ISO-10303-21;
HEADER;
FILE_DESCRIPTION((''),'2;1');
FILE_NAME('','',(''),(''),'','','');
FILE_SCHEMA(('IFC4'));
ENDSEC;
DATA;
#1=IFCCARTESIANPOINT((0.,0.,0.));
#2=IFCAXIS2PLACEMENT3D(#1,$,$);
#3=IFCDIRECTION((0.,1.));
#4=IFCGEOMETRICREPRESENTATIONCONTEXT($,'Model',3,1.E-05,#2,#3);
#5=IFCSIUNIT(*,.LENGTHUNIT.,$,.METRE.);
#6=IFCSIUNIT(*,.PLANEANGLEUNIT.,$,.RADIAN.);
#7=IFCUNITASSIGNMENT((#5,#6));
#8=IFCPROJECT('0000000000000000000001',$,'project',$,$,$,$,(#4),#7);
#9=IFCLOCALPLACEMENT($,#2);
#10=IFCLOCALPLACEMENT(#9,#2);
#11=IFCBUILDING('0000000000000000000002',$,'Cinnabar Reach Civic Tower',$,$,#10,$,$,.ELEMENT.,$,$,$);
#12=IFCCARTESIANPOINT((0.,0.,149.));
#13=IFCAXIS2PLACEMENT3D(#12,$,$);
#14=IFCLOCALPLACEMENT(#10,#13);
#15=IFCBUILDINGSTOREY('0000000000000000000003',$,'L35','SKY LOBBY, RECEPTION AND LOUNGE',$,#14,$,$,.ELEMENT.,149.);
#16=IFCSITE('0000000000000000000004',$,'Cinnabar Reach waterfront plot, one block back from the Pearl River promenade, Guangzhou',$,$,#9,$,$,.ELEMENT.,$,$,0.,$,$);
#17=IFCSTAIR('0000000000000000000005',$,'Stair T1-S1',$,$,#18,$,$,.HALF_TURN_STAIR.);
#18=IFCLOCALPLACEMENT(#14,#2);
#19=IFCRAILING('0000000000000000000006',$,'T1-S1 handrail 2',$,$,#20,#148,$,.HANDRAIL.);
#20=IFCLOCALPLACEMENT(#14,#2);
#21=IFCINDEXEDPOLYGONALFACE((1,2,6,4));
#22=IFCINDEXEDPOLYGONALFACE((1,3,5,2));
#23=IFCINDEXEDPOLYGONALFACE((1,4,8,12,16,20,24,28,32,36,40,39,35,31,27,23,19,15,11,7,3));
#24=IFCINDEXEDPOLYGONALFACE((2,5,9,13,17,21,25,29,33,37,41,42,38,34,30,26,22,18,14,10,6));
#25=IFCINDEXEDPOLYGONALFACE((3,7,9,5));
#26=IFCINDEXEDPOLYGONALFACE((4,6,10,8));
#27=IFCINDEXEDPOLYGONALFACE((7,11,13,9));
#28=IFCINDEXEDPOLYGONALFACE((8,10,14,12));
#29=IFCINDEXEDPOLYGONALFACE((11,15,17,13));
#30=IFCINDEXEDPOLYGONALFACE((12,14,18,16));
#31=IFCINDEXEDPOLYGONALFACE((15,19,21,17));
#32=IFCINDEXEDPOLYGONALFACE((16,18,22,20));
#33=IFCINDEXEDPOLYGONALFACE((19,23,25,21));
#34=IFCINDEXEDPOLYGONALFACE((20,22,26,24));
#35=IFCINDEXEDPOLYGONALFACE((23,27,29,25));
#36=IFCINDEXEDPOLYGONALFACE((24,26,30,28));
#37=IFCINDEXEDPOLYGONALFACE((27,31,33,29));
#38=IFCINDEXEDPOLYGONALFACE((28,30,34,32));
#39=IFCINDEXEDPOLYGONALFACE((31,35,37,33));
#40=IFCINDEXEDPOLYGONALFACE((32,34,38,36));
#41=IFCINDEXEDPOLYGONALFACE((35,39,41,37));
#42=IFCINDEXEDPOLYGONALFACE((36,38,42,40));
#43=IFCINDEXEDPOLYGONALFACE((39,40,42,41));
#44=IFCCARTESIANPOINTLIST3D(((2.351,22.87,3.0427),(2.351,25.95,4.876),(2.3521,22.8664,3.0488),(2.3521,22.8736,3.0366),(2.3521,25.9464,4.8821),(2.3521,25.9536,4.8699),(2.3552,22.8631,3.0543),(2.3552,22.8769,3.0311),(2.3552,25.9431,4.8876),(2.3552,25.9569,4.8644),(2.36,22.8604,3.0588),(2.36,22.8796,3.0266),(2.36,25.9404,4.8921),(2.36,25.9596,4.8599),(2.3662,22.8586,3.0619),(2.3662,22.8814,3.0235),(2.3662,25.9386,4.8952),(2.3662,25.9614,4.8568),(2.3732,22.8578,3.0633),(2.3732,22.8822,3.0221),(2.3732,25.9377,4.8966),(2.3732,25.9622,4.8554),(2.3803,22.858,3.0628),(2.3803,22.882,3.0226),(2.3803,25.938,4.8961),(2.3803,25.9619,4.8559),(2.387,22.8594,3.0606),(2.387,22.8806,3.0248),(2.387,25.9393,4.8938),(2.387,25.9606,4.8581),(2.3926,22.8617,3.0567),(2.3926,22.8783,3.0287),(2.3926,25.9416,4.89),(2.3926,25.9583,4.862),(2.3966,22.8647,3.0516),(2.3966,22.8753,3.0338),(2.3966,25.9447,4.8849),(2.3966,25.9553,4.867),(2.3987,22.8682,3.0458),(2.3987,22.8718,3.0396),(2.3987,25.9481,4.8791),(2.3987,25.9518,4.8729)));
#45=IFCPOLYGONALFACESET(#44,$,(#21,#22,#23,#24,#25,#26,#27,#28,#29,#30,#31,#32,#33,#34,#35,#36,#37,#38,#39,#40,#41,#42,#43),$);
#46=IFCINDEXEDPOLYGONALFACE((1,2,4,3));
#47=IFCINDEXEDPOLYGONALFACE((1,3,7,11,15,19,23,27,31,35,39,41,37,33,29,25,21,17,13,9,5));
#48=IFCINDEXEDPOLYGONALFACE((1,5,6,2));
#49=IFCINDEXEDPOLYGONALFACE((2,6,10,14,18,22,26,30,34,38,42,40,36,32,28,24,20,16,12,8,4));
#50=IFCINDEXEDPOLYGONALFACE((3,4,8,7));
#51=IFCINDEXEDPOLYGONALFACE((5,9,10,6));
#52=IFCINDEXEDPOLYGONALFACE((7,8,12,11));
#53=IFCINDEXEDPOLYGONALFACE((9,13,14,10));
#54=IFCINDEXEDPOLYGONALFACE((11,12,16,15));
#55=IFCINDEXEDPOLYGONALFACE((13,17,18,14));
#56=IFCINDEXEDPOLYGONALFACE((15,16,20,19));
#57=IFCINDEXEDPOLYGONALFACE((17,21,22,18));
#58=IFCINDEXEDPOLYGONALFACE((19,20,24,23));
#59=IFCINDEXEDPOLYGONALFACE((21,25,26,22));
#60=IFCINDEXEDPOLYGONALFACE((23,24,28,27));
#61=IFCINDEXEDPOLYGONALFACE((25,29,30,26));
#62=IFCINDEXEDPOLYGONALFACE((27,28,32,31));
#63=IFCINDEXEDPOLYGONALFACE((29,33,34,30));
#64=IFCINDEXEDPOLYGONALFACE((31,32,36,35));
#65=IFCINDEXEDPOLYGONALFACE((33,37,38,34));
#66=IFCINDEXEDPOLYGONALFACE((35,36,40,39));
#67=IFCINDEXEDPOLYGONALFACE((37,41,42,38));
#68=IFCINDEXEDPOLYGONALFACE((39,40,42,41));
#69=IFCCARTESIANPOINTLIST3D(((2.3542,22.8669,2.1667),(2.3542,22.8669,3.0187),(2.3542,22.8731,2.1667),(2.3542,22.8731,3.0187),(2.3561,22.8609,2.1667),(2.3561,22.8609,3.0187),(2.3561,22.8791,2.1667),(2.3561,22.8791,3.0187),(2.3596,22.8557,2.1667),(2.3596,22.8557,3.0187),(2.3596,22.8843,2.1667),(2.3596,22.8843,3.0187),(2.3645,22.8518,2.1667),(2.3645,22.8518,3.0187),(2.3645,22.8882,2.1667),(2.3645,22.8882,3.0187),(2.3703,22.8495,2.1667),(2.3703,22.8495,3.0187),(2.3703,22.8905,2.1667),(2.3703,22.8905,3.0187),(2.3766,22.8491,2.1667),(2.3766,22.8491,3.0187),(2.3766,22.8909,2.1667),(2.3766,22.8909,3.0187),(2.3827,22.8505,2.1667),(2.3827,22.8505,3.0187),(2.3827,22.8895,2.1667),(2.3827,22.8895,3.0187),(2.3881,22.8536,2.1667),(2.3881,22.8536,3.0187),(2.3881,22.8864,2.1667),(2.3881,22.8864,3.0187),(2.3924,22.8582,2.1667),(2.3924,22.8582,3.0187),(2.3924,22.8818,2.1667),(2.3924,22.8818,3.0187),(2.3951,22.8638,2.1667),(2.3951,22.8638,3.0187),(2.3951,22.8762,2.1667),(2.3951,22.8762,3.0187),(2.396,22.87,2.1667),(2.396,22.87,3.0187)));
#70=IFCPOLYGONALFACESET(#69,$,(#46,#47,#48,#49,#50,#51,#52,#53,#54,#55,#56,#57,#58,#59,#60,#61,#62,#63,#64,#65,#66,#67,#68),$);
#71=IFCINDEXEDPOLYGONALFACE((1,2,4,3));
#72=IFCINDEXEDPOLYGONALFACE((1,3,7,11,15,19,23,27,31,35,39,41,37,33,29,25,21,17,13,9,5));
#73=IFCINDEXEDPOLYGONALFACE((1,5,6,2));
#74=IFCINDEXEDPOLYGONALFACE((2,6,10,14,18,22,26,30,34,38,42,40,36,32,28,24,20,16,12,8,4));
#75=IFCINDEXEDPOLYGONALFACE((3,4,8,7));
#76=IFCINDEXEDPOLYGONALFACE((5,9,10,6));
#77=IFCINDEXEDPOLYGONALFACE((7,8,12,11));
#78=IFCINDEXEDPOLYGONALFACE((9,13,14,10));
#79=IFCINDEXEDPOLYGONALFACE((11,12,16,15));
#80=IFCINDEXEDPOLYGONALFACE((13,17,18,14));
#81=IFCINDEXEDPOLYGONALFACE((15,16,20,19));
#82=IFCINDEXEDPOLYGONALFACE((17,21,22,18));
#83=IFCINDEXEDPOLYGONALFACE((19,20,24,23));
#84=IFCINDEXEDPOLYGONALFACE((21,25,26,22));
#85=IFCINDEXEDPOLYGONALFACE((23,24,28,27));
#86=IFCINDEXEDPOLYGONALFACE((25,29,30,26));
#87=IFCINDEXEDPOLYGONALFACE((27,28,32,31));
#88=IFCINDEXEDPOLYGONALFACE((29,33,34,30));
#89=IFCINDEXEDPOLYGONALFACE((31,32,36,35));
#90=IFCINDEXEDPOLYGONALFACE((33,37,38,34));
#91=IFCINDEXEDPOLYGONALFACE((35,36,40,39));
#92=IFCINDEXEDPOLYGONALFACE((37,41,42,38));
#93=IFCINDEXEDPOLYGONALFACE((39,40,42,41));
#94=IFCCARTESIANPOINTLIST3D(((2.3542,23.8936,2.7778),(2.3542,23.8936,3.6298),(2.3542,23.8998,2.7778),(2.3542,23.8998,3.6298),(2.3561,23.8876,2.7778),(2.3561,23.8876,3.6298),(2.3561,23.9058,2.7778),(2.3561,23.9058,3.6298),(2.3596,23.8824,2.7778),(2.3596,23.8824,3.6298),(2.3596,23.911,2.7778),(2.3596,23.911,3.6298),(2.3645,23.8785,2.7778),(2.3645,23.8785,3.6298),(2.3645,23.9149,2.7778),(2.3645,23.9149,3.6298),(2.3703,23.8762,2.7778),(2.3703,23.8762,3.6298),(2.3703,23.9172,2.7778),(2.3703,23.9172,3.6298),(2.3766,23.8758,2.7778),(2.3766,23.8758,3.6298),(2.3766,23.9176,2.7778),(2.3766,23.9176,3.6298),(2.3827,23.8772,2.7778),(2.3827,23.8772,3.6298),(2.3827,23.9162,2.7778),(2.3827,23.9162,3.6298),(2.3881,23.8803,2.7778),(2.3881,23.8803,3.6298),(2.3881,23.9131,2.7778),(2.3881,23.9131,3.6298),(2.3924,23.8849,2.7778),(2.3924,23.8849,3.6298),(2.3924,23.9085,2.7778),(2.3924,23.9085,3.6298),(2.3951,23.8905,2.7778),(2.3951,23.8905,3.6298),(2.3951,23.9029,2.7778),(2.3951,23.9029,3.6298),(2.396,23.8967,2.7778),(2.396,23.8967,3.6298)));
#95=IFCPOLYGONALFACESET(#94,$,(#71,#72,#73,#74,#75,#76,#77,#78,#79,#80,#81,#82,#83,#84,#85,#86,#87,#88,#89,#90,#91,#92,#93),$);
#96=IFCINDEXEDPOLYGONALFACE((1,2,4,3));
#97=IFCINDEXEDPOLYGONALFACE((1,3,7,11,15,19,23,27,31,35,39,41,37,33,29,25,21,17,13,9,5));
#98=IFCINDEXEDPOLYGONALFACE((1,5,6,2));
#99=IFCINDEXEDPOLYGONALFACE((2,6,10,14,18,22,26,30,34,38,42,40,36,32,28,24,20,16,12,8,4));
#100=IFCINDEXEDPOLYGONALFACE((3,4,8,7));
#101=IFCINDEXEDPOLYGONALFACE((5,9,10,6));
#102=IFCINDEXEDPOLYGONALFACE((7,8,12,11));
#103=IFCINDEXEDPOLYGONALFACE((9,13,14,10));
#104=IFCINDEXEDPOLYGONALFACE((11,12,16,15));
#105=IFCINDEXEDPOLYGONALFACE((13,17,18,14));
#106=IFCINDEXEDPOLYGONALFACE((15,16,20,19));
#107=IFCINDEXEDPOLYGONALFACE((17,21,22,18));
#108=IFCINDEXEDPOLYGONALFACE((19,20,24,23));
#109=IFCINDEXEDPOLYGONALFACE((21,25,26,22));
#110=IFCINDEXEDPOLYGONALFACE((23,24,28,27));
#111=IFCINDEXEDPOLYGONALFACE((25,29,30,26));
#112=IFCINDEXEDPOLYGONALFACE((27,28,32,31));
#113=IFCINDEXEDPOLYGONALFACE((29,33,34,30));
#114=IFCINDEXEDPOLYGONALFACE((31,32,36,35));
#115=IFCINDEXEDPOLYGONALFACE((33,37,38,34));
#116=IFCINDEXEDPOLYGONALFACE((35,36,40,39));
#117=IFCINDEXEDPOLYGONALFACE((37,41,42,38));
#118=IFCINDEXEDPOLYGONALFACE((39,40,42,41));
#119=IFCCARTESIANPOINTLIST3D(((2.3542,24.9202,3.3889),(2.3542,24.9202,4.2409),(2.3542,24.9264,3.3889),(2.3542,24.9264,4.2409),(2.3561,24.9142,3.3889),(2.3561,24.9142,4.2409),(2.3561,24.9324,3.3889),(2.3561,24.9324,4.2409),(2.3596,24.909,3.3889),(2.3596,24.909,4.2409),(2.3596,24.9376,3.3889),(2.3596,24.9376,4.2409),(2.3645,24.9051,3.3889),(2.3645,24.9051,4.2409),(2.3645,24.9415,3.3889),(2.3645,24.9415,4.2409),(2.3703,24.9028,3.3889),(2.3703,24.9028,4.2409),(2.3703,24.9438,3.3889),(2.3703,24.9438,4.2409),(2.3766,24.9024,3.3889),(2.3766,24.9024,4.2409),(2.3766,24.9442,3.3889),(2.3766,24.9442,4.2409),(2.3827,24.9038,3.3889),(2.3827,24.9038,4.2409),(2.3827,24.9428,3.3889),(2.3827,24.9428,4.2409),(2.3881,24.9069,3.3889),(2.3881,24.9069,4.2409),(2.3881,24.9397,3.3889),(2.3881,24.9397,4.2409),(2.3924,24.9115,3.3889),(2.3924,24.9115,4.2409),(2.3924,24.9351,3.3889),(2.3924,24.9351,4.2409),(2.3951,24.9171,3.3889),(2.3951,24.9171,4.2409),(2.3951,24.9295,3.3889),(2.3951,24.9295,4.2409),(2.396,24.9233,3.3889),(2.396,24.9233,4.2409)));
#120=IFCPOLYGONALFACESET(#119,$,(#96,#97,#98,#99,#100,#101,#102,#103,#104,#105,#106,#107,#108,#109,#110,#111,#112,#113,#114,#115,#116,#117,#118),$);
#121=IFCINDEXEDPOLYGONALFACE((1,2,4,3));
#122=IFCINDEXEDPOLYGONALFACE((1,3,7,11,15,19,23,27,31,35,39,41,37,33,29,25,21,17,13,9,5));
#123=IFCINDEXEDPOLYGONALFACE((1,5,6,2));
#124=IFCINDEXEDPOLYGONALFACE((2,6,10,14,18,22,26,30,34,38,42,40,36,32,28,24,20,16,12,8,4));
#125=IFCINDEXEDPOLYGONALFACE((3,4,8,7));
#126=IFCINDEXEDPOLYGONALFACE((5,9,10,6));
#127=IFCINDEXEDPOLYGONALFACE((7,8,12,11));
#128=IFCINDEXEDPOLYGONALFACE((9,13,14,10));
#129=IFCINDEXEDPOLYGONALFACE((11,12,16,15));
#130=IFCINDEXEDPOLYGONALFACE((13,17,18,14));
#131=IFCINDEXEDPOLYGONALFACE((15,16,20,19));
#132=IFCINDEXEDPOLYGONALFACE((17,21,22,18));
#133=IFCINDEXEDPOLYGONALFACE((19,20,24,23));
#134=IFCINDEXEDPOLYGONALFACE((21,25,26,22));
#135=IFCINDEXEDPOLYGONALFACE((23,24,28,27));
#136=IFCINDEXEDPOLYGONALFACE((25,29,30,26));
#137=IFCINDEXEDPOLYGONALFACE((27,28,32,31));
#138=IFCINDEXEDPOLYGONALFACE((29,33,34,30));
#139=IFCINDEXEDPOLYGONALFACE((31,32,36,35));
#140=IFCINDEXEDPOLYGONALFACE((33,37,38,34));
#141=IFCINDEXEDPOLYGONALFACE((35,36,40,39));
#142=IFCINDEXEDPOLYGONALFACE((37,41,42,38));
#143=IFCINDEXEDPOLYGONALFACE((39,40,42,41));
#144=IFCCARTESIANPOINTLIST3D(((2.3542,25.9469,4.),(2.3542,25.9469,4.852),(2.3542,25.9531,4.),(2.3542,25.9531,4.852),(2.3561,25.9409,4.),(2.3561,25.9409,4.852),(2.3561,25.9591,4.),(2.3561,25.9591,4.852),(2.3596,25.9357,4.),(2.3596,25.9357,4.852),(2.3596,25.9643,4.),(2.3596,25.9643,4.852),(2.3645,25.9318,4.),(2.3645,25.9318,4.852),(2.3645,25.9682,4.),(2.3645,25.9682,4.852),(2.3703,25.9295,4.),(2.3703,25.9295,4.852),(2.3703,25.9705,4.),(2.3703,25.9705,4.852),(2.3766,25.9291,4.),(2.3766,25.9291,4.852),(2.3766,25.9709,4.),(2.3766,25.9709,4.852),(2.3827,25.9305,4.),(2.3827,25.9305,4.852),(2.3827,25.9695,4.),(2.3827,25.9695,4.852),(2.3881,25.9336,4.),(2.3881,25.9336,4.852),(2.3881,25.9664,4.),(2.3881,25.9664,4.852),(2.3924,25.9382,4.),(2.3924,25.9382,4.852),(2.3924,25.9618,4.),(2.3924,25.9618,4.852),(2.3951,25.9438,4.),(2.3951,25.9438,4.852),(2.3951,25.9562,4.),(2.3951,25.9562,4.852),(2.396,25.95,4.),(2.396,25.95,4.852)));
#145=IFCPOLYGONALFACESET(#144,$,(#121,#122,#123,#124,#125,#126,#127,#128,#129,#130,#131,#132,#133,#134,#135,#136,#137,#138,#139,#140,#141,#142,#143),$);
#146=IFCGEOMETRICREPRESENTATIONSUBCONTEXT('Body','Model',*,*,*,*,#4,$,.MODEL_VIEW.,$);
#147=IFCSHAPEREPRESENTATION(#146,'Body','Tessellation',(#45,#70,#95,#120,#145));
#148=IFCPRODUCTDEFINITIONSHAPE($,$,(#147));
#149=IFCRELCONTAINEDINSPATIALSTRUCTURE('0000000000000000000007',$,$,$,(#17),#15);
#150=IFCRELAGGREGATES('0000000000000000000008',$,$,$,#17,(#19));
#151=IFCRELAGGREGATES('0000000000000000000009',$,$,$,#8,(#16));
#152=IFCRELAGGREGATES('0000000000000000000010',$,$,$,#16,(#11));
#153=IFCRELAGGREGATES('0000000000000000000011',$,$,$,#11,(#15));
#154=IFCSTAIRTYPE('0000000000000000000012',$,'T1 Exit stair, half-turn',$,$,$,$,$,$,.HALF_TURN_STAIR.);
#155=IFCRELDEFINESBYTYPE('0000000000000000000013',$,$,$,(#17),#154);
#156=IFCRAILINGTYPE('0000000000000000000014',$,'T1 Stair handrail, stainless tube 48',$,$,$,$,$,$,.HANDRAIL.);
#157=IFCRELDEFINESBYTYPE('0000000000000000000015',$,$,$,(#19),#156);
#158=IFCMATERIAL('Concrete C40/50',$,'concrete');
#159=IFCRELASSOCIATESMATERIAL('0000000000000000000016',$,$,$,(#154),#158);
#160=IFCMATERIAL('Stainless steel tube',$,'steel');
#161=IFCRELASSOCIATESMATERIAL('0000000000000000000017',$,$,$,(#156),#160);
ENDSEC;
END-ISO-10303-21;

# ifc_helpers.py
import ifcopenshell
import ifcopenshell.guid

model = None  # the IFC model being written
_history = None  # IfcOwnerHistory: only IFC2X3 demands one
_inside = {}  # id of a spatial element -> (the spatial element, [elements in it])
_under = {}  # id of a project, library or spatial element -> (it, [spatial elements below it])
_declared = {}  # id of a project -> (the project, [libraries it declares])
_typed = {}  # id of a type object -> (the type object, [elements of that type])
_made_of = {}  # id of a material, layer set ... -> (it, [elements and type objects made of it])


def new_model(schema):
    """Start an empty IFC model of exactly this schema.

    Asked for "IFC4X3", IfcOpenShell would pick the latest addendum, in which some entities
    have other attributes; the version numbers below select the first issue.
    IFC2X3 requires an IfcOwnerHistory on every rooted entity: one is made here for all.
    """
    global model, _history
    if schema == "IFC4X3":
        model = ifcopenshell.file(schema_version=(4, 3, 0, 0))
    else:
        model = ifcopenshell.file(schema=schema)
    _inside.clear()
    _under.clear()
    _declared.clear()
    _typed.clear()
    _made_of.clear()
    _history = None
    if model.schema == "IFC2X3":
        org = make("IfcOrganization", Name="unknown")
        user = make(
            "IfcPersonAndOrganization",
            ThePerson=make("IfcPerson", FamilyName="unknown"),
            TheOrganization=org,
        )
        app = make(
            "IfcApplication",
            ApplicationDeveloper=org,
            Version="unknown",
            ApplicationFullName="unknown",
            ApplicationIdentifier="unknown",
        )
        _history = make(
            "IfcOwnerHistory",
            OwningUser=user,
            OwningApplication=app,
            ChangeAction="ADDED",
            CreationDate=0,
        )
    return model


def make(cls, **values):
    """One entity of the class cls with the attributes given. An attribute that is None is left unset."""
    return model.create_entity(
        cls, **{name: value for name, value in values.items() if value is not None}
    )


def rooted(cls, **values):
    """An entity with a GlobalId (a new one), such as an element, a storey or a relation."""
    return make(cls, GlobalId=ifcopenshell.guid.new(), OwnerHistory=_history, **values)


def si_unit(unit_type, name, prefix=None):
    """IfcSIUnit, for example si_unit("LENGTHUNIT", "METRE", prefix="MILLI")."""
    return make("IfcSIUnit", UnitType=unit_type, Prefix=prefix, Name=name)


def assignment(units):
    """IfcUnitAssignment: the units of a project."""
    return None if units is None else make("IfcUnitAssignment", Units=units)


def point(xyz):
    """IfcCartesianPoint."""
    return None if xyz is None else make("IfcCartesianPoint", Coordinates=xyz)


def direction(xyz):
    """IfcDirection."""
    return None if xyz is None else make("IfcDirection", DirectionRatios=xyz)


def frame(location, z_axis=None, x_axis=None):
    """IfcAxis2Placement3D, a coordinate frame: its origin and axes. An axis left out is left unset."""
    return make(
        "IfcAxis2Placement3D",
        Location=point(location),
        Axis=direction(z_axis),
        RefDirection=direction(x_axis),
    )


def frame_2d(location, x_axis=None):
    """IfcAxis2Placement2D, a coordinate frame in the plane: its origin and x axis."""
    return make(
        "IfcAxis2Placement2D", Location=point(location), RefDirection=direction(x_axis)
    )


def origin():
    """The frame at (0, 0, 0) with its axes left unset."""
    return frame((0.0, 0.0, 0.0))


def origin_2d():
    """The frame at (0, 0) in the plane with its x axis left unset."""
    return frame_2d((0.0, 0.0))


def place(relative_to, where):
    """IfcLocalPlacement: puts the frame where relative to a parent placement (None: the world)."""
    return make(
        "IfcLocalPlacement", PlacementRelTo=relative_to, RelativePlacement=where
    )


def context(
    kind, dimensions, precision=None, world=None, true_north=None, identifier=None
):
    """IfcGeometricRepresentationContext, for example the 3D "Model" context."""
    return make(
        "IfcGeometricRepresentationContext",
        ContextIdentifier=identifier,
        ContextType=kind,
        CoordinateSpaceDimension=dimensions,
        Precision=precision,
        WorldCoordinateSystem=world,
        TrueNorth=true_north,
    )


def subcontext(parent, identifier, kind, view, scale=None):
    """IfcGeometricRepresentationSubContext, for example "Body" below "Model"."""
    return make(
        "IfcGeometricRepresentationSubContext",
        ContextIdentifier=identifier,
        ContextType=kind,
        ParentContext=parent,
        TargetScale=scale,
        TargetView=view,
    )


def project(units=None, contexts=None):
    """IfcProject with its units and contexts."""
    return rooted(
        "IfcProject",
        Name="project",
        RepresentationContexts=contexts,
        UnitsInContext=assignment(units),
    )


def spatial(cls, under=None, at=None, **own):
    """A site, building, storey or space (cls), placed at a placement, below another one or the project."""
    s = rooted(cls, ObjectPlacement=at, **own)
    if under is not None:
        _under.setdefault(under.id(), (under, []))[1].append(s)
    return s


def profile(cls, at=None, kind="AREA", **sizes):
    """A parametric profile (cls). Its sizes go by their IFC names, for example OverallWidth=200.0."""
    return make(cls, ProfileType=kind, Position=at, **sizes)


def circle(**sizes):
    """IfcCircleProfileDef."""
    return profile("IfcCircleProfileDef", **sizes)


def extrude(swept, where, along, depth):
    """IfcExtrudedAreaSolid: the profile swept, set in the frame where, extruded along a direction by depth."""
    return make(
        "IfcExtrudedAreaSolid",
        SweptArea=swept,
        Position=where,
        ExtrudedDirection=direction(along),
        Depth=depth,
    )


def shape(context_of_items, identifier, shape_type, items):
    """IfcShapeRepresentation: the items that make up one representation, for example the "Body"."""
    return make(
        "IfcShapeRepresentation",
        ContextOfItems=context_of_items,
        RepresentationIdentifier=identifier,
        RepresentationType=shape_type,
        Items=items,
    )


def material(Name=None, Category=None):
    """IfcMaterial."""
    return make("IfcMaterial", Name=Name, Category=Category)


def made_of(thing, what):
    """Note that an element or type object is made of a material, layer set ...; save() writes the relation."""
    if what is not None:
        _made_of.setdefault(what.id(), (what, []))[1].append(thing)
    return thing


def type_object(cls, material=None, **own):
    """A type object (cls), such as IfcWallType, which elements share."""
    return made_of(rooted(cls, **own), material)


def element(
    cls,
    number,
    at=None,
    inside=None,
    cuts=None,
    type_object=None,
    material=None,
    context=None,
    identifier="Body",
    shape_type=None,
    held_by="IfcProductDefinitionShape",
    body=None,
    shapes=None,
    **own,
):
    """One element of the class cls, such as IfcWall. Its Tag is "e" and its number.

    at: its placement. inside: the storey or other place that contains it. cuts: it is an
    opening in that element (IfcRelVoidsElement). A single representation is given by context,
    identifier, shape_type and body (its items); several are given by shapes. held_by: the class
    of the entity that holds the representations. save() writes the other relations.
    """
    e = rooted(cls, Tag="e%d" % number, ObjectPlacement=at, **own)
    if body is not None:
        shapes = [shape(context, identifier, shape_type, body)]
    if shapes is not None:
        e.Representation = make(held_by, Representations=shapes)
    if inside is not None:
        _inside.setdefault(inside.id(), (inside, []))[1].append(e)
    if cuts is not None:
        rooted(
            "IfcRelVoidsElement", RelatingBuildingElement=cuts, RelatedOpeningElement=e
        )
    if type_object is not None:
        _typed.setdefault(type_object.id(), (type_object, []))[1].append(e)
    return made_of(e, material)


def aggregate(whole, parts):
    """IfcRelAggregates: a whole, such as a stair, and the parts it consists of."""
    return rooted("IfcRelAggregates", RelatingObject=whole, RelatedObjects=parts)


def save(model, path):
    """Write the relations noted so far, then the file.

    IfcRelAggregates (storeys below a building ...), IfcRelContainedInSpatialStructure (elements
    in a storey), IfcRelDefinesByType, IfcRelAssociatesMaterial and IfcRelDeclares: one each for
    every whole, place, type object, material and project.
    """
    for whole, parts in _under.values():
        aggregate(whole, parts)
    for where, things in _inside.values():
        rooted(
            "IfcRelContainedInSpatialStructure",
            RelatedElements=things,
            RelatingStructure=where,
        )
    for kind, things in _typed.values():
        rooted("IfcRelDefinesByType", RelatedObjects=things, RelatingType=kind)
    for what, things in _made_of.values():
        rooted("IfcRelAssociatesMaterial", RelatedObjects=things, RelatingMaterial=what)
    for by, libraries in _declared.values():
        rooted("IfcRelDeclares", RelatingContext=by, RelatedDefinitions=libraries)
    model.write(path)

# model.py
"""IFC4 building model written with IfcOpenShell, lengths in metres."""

from ifc_helpers import new_model, si_unit, direction, frame, origin, origin_2d, place, context, subcontext, project, spatial, circle, extrude, material, type_object, element, aggregate, save


model = new_model("IFC4")

# Units and contexts
model_context = context("Model", 3, precision=1e-05, world=origin(), true_north=direction((0.0, 1.0)))
body_context = subcontext(model_context, "Body", "Model", "MODEL_VIEW")
ifc_project = project(units=[si_unit("LENGTHUNIT", "METRE"), si_unit("PLANEANGLEUNIT", "RADIAN")], contexts=[model_context])

# Site, building, storey
site_placement = place(None, origin())
site = spatial("IfcSite", under=ifc_project, at=site_placement, Name="Cinnabar Reach waterfront plot, one block back from the Pearl River promenade, Guangzhou", CompositionType="ELEMENT", RefElevation=0.0)
building_placement = place(site_placement, origin())
building = spatial("IfcBuilding", under=site, at=building_placement, Name="Cinnabar Reach Civic Tower", CompositionType="ELEMENT")
storey_placement = place(building_placement, frame((0.0, 0.0, 149.0)))
storey = spatial("IfcBuildingStorey", under=building, at=storey_placement, Name="L35", Description="SKY LOBBY, RECEPTION AND LOUNGE", CompositionType="ELEMENT", Elevation=149.0)

# Shared definitions
ifc_material_1 = material(Name="Concrete C40/50", Category="concrete")

# Stair, railing
stair_type = type_object("IfcStairType", Name="T1 Exit stair, half-turn", PredefinedType="HALF_TURN_STAIR", material=ifc_material_1)
stair_placement = place(storey_placement, origin())
stair = element("IfcStair", 1, at=stair_placement, inside=storey, type_object=stair_type, Name="Stair T1-S1", PredefinedType="HALF_TURN_STAIR")
ifc_material_2 = material(Name="Stainless steel tube", Category="steel")
railing_type = type_object("IfcRailingType", Name="T1 Stair handrail, stainless tube 48", PredefinedType="HANDRAIL", material=ifc_material_2)
railing_placement = place(storey_placement, frame((2.375, 22.87, 2.1667)))
railing = element("IfcRailing", 2, at=railing_placement, type_object=railing_type, Name="T1-S1 handrail 2", PredefinedType="HANDRAIL", context=body_context, shape_type="SweptSolid", body=[
    extrude(circle(Radius=0.024, at=origin_2d()), frame((0.0, 0.0, 0.876), z_axis=(0.0, 0.859297, 0.511477), x_axis=(-1.0, 0.0, 0.0)), (0.0, 0.0, 1.0), 3.5843),
    extrude(circle(Radius=0.021, at=origin_2d()), origin(), (0.0, 0.0, 1.0), 0.852),
    extrude(circle(Radius=0.021, at=origin_2d()), frame((0.0, 1.0267, 0.6111)), (0.0, 0.0, 1.0), 0.852),
    extrude(circle(Radius=0.021, at=origin_2d()), frame((0.0, 2.0533, 1.2222)), (0.0, 0.0, 1.0), 0.852),
    extrude(circle(Radius=0.021, at=origin_2d()), frame((0.0, 3.08, 1.8333)), (0.0, 0.0, 1.0), 0.852),
])
aggregate(stair, [railing])

save(model, "model.ifc")
